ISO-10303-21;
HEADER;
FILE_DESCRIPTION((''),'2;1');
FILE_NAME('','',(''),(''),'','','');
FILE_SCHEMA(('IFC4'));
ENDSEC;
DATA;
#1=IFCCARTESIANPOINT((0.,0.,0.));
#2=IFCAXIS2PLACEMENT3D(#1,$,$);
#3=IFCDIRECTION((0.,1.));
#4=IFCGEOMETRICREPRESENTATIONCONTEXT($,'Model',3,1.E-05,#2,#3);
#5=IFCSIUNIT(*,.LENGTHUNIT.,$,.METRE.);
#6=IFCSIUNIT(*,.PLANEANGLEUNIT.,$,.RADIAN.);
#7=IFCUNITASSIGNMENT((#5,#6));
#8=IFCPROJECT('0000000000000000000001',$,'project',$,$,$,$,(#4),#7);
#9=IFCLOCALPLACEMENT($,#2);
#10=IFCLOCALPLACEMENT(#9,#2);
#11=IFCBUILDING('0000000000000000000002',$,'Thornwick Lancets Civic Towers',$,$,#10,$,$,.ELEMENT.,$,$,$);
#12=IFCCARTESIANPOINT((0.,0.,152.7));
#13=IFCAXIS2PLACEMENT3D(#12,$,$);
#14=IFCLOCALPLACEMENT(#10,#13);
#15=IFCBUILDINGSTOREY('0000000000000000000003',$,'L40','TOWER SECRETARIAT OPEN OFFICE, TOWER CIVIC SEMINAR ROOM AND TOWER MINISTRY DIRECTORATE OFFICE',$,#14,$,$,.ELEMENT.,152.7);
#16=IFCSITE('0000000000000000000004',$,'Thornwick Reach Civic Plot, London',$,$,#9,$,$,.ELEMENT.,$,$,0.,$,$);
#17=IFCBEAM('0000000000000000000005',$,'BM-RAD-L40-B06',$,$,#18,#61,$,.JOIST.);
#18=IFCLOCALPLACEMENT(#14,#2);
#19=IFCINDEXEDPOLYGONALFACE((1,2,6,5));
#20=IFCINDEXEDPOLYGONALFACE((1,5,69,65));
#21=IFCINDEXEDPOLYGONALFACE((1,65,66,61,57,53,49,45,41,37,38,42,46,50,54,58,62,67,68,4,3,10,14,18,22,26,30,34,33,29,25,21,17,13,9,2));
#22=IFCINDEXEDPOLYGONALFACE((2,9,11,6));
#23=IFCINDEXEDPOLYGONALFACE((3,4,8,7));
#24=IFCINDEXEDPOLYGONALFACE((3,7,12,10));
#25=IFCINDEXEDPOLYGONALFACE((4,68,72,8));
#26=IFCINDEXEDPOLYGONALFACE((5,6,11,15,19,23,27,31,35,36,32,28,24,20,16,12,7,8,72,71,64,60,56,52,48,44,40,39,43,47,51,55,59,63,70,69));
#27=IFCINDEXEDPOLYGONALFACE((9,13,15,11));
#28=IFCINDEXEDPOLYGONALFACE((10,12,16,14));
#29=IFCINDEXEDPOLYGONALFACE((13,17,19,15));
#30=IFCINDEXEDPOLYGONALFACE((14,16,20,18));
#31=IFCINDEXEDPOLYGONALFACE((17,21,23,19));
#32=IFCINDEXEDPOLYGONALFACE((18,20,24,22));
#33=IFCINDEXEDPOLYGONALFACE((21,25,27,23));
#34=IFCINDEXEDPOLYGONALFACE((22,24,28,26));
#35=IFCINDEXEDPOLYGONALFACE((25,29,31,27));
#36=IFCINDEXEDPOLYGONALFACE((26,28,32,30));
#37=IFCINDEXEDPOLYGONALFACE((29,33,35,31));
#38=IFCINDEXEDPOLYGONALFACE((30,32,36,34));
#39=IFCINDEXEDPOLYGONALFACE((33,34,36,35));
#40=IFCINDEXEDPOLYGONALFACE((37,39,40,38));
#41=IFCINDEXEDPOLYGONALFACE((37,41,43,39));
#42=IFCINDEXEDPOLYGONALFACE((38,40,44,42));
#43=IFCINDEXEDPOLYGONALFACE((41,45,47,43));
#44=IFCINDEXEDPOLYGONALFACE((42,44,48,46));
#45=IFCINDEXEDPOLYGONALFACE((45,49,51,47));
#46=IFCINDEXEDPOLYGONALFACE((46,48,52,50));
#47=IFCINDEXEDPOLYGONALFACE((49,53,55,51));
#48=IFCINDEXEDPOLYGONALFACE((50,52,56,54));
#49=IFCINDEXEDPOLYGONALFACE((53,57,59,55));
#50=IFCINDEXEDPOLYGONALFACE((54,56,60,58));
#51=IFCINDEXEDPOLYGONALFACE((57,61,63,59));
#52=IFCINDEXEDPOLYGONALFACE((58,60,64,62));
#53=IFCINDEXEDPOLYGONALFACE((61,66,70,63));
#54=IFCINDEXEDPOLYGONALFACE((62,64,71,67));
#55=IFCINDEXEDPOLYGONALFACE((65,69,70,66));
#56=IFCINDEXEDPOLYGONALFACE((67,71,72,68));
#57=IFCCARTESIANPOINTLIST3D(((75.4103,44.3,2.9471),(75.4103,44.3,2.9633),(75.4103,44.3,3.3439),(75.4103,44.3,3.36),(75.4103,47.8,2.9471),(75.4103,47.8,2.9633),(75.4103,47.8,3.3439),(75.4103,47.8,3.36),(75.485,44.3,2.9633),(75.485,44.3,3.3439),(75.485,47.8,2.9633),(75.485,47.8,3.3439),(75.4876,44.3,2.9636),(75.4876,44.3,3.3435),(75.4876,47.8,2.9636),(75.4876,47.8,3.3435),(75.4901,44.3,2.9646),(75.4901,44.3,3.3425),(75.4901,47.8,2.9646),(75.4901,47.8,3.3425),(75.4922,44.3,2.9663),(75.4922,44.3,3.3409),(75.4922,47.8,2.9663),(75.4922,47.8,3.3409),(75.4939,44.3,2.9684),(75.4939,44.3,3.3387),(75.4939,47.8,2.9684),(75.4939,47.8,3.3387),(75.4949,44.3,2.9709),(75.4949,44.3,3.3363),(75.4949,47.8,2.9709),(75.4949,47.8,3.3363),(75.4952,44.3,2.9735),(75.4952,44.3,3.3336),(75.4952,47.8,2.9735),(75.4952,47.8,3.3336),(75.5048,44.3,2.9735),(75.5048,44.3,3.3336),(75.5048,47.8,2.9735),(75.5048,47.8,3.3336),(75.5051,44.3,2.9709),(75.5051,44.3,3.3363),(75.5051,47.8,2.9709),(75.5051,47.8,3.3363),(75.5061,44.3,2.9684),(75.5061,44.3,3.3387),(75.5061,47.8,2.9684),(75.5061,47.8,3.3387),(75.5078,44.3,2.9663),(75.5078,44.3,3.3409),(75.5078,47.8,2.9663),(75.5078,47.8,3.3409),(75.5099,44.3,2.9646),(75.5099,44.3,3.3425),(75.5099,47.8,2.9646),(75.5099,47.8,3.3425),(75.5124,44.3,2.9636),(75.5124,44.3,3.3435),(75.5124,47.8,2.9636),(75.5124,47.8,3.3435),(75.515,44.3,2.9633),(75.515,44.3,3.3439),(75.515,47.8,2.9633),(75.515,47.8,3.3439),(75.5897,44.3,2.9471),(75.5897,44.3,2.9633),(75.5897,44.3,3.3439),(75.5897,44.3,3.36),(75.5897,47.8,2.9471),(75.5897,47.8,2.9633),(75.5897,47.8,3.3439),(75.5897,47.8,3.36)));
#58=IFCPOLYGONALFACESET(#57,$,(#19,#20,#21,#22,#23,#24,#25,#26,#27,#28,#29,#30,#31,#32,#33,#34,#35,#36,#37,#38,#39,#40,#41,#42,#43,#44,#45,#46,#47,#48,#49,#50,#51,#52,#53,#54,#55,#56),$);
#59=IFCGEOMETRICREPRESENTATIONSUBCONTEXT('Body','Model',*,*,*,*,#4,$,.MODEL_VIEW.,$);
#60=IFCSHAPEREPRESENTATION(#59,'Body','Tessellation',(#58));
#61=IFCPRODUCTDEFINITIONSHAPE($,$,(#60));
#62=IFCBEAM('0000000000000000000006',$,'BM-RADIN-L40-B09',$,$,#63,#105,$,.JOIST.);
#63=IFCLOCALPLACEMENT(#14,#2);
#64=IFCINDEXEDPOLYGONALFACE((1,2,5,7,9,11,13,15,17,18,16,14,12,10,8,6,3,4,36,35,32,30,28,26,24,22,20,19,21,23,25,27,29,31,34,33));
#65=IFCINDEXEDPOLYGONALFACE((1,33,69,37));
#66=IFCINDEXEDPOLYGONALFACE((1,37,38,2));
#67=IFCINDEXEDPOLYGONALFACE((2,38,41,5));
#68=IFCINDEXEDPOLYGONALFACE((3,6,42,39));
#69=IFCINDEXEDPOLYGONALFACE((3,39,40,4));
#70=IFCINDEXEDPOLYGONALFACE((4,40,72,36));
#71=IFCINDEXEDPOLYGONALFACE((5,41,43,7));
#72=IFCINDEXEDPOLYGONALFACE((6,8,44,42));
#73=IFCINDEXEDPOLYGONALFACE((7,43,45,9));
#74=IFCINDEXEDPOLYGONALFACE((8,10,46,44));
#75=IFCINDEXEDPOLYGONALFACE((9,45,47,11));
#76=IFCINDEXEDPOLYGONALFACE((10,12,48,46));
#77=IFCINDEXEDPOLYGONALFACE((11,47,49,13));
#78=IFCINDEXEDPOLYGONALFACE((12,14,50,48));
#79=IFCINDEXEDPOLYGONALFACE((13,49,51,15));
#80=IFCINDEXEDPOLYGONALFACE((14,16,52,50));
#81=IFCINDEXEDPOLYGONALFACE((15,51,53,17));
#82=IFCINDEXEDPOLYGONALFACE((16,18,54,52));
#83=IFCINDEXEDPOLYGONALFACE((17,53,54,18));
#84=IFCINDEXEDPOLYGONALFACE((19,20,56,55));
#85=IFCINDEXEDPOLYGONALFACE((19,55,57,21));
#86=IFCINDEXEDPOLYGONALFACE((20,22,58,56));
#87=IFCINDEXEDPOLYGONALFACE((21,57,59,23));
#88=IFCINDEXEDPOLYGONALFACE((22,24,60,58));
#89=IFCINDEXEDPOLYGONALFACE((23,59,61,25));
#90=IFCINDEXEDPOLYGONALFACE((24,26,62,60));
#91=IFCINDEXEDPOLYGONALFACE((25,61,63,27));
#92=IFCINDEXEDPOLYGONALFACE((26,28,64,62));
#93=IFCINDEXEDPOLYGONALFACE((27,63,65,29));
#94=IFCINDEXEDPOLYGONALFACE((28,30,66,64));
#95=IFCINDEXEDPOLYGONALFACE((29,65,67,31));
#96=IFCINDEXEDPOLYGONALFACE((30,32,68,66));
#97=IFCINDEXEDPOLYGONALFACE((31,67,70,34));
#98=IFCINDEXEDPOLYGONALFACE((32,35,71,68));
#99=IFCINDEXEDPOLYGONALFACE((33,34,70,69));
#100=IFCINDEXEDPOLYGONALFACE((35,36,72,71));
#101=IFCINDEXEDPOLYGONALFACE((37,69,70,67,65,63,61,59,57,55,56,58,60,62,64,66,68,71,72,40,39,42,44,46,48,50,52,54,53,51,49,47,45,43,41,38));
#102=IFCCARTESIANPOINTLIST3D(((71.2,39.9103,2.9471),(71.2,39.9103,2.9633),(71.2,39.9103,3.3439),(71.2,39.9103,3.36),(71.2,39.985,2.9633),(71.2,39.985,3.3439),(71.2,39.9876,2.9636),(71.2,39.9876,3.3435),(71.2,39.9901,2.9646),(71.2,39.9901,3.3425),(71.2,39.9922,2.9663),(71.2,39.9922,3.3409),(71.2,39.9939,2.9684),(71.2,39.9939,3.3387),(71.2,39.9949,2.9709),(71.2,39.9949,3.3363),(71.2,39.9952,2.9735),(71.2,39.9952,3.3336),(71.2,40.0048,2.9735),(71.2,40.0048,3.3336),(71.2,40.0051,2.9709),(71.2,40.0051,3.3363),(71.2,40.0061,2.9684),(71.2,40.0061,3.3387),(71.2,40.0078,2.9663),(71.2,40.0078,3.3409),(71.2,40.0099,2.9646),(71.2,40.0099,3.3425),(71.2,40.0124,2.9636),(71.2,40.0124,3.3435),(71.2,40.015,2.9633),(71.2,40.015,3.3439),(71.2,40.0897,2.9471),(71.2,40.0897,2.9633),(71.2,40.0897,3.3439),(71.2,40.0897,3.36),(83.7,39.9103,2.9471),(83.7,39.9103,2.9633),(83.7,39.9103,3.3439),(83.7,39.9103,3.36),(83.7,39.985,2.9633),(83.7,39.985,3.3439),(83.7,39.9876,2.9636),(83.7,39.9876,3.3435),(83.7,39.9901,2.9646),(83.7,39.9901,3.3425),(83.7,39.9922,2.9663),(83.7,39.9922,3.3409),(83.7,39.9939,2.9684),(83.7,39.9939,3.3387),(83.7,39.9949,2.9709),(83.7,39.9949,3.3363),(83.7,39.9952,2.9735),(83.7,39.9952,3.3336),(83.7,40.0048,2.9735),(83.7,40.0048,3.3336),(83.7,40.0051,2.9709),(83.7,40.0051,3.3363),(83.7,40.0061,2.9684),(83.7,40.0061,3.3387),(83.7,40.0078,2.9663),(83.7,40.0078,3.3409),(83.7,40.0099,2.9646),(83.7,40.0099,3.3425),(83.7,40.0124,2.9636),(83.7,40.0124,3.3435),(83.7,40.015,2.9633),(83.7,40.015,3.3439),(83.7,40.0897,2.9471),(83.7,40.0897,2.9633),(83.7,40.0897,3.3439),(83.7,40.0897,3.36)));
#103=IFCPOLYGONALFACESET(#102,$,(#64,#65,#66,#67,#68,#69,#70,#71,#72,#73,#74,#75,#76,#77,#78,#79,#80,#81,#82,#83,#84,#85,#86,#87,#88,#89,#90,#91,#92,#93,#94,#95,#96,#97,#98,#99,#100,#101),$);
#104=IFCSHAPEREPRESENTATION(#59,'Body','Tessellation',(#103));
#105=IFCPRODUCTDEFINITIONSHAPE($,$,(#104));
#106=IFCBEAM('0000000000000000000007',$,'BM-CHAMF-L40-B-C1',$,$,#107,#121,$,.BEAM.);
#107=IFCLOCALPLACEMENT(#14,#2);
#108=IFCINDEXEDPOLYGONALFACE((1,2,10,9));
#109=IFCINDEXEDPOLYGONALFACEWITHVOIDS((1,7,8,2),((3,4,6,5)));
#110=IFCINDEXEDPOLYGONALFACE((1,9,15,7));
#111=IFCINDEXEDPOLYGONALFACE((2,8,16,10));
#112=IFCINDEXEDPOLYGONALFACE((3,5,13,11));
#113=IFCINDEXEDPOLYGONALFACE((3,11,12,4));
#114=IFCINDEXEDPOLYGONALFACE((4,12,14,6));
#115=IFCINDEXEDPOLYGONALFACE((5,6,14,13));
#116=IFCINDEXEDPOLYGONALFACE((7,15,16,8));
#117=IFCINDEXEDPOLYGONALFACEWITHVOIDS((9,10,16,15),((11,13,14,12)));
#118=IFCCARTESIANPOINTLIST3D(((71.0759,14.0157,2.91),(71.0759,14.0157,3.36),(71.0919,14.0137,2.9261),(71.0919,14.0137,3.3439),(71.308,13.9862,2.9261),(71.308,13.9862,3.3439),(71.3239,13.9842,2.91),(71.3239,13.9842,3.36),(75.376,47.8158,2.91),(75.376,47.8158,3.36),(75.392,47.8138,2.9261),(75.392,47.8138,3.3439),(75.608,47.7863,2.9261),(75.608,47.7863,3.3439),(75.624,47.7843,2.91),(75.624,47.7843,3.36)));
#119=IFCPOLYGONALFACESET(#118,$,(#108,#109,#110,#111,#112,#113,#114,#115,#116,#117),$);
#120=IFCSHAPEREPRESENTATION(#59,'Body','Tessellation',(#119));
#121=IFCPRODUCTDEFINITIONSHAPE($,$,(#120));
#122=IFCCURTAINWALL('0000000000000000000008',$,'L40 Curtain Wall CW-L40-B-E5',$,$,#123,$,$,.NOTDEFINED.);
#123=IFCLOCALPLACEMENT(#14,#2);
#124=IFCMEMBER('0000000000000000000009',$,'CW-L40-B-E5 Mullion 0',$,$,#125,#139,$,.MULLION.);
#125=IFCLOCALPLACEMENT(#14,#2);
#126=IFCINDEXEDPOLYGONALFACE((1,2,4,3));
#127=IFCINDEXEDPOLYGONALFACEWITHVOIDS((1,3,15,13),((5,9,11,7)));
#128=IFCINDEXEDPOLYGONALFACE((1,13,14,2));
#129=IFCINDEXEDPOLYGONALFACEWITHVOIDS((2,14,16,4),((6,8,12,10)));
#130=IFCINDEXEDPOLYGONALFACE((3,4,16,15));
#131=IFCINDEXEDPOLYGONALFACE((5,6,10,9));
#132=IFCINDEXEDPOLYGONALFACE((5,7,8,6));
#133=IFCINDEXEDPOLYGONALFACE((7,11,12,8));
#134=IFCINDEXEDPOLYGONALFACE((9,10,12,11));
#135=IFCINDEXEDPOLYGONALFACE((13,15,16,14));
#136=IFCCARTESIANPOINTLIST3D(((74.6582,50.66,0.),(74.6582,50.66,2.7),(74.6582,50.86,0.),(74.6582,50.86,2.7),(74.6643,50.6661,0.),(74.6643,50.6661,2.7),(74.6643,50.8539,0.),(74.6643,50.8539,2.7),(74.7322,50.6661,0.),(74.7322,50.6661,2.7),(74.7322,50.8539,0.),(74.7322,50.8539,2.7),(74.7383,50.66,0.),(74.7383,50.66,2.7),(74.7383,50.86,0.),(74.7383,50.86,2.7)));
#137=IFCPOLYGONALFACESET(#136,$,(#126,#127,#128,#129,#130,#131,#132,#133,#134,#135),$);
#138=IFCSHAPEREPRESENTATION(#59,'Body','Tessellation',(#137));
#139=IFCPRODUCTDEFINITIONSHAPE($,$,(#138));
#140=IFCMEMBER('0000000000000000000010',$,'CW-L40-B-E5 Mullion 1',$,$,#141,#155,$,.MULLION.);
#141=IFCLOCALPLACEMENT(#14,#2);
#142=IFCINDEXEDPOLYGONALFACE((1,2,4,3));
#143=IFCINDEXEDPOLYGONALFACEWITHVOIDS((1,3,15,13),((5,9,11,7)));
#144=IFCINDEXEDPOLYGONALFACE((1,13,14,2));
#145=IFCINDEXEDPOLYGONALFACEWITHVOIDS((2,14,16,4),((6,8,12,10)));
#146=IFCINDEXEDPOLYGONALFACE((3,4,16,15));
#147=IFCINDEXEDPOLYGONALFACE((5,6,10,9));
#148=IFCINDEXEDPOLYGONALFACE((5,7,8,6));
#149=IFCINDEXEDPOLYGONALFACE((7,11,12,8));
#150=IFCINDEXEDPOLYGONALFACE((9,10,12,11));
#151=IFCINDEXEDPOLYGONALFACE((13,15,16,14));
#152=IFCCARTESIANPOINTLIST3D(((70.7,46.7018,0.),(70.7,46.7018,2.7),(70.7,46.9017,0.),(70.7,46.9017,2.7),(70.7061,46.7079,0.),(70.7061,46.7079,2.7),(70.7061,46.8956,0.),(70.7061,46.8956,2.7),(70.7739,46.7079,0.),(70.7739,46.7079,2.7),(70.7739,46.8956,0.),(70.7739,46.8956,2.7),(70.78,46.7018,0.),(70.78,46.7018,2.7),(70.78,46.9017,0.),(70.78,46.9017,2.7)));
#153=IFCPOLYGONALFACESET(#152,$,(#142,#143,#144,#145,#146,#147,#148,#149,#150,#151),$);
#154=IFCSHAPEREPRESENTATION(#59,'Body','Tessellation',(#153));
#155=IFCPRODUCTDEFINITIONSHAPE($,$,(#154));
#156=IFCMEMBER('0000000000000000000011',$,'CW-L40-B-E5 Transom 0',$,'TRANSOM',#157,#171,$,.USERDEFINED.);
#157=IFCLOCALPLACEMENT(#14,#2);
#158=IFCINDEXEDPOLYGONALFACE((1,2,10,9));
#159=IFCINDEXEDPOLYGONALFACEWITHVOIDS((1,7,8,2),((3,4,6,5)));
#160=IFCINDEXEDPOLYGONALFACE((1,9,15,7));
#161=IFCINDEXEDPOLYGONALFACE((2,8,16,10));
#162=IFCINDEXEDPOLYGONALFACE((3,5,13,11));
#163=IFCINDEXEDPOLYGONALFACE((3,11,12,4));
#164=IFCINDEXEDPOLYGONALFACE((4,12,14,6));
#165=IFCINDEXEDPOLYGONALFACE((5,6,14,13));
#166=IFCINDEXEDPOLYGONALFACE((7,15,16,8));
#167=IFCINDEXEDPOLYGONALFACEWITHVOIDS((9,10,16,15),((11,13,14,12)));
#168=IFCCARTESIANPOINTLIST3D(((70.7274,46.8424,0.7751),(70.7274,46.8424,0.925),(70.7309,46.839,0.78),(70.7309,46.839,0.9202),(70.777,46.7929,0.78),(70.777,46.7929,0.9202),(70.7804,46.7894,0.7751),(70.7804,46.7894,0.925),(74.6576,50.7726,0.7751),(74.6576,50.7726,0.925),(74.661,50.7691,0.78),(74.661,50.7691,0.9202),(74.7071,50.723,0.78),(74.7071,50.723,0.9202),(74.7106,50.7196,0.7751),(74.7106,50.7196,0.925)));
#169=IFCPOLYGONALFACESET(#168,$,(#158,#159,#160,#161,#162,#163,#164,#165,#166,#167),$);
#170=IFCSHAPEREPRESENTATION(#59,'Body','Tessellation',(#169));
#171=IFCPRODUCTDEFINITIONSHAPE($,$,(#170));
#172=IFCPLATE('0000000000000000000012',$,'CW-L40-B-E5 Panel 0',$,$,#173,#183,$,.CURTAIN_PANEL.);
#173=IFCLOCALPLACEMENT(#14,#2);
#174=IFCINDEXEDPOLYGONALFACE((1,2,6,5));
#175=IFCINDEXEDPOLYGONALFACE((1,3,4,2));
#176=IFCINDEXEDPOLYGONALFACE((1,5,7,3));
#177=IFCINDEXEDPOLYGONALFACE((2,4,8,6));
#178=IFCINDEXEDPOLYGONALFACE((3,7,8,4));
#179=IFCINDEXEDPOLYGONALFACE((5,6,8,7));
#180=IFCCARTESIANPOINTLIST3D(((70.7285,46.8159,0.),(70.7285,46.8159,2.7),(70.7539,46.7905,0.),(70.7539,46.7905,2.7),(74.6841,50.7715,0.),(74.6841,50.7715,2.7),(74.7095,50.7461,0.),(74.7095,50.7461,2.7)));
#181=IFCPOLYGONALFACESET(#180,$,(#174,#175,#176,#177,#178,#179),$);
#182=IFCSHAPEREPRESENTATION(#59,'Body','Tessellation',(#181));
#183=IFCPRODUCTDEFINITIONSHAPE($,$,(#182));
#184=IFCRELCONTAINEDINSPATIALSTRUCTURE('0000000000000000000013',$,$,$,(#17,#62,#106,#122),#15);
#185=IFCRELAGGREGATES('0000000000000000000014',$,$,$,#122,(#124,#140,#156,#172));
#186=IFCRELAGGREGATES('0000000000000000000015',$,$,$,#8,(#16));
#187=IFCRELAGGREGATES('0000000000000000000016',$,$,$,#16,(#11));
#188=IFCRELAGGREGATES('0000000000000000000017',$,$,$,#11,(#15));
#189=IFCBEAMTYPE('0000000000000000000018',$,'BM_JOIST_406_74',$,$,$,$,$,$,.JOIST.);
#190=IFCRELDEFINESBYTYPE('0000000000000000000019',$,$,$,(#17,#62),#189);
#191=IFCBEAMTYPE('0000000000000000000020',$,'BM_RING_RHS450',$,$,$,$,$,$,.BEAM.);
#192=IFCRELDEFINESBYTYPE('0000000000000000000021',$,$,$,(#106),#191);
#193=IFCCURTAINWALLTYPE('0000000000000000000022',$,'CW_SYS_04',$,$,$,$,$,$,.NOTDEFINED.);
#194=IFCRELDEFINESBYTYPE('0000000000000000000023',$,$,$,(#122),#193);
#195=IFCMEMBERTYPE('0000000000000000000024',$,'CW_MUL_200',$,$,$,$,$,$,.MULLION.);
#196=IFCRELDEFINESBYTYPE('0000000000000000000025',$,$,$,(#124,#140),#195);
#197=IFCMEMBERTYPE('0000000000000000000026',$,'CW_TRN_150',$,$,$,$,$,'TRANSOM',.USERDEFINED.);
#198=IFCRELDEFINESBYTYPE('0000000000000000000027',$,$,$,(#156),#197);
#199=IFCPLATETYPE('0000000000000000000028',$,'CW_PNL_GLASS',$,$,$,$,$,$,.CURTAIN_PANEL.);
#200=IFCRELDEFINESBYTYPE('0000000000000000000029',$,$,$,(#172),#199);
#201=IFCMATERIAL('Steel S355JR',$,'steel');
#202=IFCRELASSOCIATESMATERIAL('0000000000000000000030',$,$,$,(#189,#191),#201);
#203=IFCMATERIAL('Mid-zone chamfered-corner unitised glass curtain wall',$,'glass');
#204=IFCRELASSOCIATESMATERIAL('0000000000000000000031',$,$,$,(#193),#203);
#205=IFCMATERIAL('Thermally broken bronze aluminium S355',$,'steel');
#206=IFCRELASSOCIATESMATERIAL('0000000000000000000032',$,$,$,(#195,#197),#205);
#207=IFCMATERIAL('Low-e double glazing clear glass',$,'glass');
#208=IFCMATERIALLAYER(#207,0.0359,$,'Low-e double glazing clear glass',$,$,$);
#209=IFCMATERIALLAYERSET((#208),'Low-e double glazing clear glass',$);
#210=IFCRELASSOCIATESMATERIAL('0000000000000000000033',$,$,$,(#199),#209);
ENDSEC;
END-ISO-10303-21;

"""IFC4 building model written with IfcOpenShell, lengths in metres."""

from ifc_helpers import new_model, si_unit, direction, frame, origin, origin_2d, place, context, subcontext, project, spatial, rectangle, hollow_rectangle, i_section, extrude, material, layer, layer_set, material_profile, profile_set, type_object, element, aggregate, save


model = new_model("IFC4")

# Units and contexts
model_context = context("Model", 3, precision=1e-05, world=origin(), true_north=direction((0.0, 1.0)))
body_context = subcontext(model_context, "Body", "Model", "MODEL_VIEW")
ifc_project = project(units=[si_unit("LENGTHUNIT", "METRE"), si_unit("PLANEANGLEUNIT", "RADIAN")], contexts=[model_context])

# Site, building, storey
site_placement = place(None, origin())
site = spatial("IfcSite", under=ifc_project, at=site_placement, Name="Thornwick Reach Civic Plot, London", CompositionType="ELEMENT", RefElevation=0.0)
building_placement = place(site_placement, origin())
building = spatial("IfcBuilding", under=site, at=building_placement, Name="Thornwick Lancets Civic Towers", CompositionType="ELEMENT")
storey_placement = place(building_placement, frame((0.0, 0.0, 152.7)))
storey = spatial("IfcBuildingStorey", under=building, at=storey_placement, Name="L40", Description="TOWER SECRETARIAT OPEN OFFICE, TOWER CIVIC SEMINAR ROOM AND TOWER MINISTRY DIRECTORATE OFFICE", CompositionType="ELEMENT", Elevation=152.7)

# Beams
ifc_material_1 = material(Name="Steel S355JR", Category="steel")
ifc_material_profile_1 = material_profile(ifc_material_1, i_section(OverallWidth=0.1794, OverallDepth=0.4128, WebThickness=0.0095, FlangeThickness=0.0161, FilletRadius=0.0103, at=origin_2d()), Name="UKB 406x178x74")
ifc_profile_set_1 = profile_set([ifc_material_profile_1], Name="Steel S355JR")
beam_type_1 = type_object("IfcBeamType", Name="BM_JOIST_406_74", PredefinedType="JOIST", material=ifc_profile_set_1)
beam_1_placement = place(storey_placement, frame((75.5, 44.3, 3.1536), z_axis=(0.0, 1.0, 0.0), x_axis=(-1.0, 0.0, 0.0)))
element("IfcBeam", 1, at=beam_1_placement, inside=storey, type_object=beam_type_1, Name="BM-RAD-L40-B06", PredefinedType="JOIST", context=body_context, shape_type="SweptSolid", body=[
    extrude(i_section(OverallWidth=0.1794, OverallDepth=0.4128, WebThickness=0.0095, FlangeThickness=0.0161, FilletRadius=0.0103, at=origin_2d()), origin(), (0.0, 0.0, 1.0), 3.5),
])
beam_2_placement = place(storey_placement, frame((83.7, 40.0, 3.1536), z_axis=(-1.0, 0.0, 0.0), x_axis=(0.0, -1.0, 0.0)))
element("IfcBeam", 2, at=beam_2_placement, inside=storey, type_object=beam_type_1, Name="BM-RADIN-L40-B09", PredefinedType="JOIST", context=body_context, shape_type="SweptSolid", body=[
    extrude(i_section(OverallWidth=0.1794, OverallDepth=0.4128, WebThickness=0.0095, FlangeThickness=0.0161, FilletRadius=0.0103, at=origin_2d()), origin(), (0.0, 0.0, 1.0), 12.5),
])
ifc_material_profile_2 = material_profile(ifc_material_1, hollow_rectangle(XDim=0.25, YDim=0.45, WallThickness=0.0161, at=origin_2d()), Name="RHS 450x250x16")
ifc_profile_set_2 = profile_set([ifc_material_profile_2], Name="Steel S355JR")
beam_type_2 = type_object("IfcBeamType", Name="BM_RING_RHS450", PredefinedType="BEAM", material=ifc_profile_set_2)
beam_3_placement = place(storey_placement, frame((75.5, 47.8, 3.135), z_axis=(-0.126203, -0.992004, 0.0), x_axis=(0.992004, -0.126203, 0.0)))
element("IfcBeam", 3, at=beam_3_placement, inside=storey, type_object=beam_type_2, Name="BM-CHAMF-L40-B-C1", PredefinedType="BEAM", context=body_context, shape_type="SweptSolid", body=[
    extrude(hollow_rectangle(XDim=0.25, YDim=0.45, WallThickness=0.0161, at=origin_2d()), origin(), (0.0, 0.0, 1.0), 34.0725),
])

# Curtain wall, members, plate
ifc_material_2 = material(Name="Mid-zone chamfered-corner unitised glass curtain wall", Category="glass")
curtain_wall_type = type_object("IfcCurtainWallType", Name="CW_SYS_04", PredefinedType="NOTDEFINED", material=ifc_material_2)
curtain_wall_placement = place(storey_placement, origin())
curtain_wall = element("IfcCurtainWall", 4, at=curtain_wall_placement, inside=storey, type_object=curtain_wall_type, Name="L40 Curtain Wall CW-L40-B-E5", PredefinedType="NOTDEFINED")
ifc_material_3 = material(Name="Thermally broken bronze aluminium S355", Category="steel")
ifc_material_profile_3 = material_profile(ifc_material_3, hollow_rectangle(XDim=0.0801, YDim=0.2, WallThickness=0.0061, at=origin_2d()), Name="RHS 200x80x6")
ifc_profile_set_3 = profile_set([ifc_material_profile_3], Name="Thermally broken bronze aluminium S355")
member_type_1 = type_object("IfcMemberType", Name="CW_MUL_200", PredefinedType="MULLION", material=ifc_profile_set_3)
member_1_placement = place(storey_placement, frame((74.6982, 50.76, 0.0), z_axis=(0.0, 0.0, 1.0), x_axis=(1.0, 0.0, 0.0)))
member_1 = element("IfcMember", 5, at=member_1_placement, type_object=member_type_1, Name="CW-L40-B-E5 Mullion 0", PredefinedType="MULLION", context=body_context, shape_type="SweptSolid", body=[
    extrude(hollow_rectangle(XDim=0.0801, YDim=0.2, WallThickness=0.0061, at=origin_2d()), origin(), (0.0, 0.0, 1.0), 2.7),
])
member_2_placement = place(storey_placement, frame((70.74, 46.8018, 0.0), z_axis=(0.0, 0.0, 1.0), x_axis=(1.0, 0.0, 0.0)))
member_2 = element("IfcMember", 6, at=member_2_placement, type_object=member_type_1, Name="CW-L40-B-E5 Mullion 1", PredefinedType="MULLION", context=body_context, shape_type="SweptSolid", body=[
    extrude(hollow_rectangle(XDim=0.0801, YDim=0.2, WallThickness=0.0061, at=origin_2d()), origin(), (0.0, 0.0, 1.0), 2.7),
])
ifc_material_profile_4 = material_profile(ifc_material_3, hollow_rectangle(XDim=0.075, YDim=0.1499, WallThickness=0.0049, at=origin_2d()), Name="RHS 150x75x5")
ifc_profile_set_4 = profile_set([ifc_material_profile_4], Name="Thermally broken bronze aluminium S355")
member_type_2 = type_object("IfcMemberType", Name="CW_TRN_150", ElementType="TRANSOM", PredefinedType="USERDEFINED", material=ifc_profile_set_4)
member_3_placement = place(storey_placement, frame((74.6841, 50.7461, 0.8501), z_axis=(-0.707107, -0.707107, 0.0), x_axis=(0.707107, -0.707107, 0.0)))
member_3 = element("IfcMember", 7, at=member_3_placement, type_object=member_type_2, Name="CW-L40-B-E5 Transom 0", ObjectType="TRANSOM", PredefinedType="USERDEFINED", context=body_context, shape_type="SweptSolid", body=[
    extrude(hollow_rectangle(XDim=0.075, YDim=0.1499, WallThickness=0.0049, at=origin_2d()), origin(), (0.0, 0.0, 1.0), 5.5581),
])
ifc_material_4 = material(Name="Low-e double glazing clear glass", Category="glass")
ifc_layer_1 = layer(ifc_material_4, 0.0359, Name="Low-e double glazing clear glass")
ifc_layer_set_1 = layer_set([ifc_layer_1], Name="Low-e double glazing clear glass")
plate_type = type_object("IfcPlateType", Name="CW_PNL_GLASS", PredefinedType="CURTAIN_PANEL", material=ifc_layer_set_1)
plate_placement = place(storey_placement, frame((72.719, 48.781, 0.0), z_axis=(0.0, 0.0, 1.0), x_axis=(-0.707107, -0.707107, 0.0)))
plate = element("IfcPlate", 8, at=plate_placement, type_object=plate_type, Name="CW-L40-B-E5 Panel 0", PredefinedType="CURTAIN_PANEL", context=body_context, shape_type="SweptSolid", body=[
    extrude(rectangle(XDim=5.594, YDim=0.0359, at=origin_2d()), origin(), (0.0, 0.0, 1.0), 2.7),
])
aggregate(curtain_wall, [member_1, member_2, member_3, plate])

save(model, "model.ifc")
